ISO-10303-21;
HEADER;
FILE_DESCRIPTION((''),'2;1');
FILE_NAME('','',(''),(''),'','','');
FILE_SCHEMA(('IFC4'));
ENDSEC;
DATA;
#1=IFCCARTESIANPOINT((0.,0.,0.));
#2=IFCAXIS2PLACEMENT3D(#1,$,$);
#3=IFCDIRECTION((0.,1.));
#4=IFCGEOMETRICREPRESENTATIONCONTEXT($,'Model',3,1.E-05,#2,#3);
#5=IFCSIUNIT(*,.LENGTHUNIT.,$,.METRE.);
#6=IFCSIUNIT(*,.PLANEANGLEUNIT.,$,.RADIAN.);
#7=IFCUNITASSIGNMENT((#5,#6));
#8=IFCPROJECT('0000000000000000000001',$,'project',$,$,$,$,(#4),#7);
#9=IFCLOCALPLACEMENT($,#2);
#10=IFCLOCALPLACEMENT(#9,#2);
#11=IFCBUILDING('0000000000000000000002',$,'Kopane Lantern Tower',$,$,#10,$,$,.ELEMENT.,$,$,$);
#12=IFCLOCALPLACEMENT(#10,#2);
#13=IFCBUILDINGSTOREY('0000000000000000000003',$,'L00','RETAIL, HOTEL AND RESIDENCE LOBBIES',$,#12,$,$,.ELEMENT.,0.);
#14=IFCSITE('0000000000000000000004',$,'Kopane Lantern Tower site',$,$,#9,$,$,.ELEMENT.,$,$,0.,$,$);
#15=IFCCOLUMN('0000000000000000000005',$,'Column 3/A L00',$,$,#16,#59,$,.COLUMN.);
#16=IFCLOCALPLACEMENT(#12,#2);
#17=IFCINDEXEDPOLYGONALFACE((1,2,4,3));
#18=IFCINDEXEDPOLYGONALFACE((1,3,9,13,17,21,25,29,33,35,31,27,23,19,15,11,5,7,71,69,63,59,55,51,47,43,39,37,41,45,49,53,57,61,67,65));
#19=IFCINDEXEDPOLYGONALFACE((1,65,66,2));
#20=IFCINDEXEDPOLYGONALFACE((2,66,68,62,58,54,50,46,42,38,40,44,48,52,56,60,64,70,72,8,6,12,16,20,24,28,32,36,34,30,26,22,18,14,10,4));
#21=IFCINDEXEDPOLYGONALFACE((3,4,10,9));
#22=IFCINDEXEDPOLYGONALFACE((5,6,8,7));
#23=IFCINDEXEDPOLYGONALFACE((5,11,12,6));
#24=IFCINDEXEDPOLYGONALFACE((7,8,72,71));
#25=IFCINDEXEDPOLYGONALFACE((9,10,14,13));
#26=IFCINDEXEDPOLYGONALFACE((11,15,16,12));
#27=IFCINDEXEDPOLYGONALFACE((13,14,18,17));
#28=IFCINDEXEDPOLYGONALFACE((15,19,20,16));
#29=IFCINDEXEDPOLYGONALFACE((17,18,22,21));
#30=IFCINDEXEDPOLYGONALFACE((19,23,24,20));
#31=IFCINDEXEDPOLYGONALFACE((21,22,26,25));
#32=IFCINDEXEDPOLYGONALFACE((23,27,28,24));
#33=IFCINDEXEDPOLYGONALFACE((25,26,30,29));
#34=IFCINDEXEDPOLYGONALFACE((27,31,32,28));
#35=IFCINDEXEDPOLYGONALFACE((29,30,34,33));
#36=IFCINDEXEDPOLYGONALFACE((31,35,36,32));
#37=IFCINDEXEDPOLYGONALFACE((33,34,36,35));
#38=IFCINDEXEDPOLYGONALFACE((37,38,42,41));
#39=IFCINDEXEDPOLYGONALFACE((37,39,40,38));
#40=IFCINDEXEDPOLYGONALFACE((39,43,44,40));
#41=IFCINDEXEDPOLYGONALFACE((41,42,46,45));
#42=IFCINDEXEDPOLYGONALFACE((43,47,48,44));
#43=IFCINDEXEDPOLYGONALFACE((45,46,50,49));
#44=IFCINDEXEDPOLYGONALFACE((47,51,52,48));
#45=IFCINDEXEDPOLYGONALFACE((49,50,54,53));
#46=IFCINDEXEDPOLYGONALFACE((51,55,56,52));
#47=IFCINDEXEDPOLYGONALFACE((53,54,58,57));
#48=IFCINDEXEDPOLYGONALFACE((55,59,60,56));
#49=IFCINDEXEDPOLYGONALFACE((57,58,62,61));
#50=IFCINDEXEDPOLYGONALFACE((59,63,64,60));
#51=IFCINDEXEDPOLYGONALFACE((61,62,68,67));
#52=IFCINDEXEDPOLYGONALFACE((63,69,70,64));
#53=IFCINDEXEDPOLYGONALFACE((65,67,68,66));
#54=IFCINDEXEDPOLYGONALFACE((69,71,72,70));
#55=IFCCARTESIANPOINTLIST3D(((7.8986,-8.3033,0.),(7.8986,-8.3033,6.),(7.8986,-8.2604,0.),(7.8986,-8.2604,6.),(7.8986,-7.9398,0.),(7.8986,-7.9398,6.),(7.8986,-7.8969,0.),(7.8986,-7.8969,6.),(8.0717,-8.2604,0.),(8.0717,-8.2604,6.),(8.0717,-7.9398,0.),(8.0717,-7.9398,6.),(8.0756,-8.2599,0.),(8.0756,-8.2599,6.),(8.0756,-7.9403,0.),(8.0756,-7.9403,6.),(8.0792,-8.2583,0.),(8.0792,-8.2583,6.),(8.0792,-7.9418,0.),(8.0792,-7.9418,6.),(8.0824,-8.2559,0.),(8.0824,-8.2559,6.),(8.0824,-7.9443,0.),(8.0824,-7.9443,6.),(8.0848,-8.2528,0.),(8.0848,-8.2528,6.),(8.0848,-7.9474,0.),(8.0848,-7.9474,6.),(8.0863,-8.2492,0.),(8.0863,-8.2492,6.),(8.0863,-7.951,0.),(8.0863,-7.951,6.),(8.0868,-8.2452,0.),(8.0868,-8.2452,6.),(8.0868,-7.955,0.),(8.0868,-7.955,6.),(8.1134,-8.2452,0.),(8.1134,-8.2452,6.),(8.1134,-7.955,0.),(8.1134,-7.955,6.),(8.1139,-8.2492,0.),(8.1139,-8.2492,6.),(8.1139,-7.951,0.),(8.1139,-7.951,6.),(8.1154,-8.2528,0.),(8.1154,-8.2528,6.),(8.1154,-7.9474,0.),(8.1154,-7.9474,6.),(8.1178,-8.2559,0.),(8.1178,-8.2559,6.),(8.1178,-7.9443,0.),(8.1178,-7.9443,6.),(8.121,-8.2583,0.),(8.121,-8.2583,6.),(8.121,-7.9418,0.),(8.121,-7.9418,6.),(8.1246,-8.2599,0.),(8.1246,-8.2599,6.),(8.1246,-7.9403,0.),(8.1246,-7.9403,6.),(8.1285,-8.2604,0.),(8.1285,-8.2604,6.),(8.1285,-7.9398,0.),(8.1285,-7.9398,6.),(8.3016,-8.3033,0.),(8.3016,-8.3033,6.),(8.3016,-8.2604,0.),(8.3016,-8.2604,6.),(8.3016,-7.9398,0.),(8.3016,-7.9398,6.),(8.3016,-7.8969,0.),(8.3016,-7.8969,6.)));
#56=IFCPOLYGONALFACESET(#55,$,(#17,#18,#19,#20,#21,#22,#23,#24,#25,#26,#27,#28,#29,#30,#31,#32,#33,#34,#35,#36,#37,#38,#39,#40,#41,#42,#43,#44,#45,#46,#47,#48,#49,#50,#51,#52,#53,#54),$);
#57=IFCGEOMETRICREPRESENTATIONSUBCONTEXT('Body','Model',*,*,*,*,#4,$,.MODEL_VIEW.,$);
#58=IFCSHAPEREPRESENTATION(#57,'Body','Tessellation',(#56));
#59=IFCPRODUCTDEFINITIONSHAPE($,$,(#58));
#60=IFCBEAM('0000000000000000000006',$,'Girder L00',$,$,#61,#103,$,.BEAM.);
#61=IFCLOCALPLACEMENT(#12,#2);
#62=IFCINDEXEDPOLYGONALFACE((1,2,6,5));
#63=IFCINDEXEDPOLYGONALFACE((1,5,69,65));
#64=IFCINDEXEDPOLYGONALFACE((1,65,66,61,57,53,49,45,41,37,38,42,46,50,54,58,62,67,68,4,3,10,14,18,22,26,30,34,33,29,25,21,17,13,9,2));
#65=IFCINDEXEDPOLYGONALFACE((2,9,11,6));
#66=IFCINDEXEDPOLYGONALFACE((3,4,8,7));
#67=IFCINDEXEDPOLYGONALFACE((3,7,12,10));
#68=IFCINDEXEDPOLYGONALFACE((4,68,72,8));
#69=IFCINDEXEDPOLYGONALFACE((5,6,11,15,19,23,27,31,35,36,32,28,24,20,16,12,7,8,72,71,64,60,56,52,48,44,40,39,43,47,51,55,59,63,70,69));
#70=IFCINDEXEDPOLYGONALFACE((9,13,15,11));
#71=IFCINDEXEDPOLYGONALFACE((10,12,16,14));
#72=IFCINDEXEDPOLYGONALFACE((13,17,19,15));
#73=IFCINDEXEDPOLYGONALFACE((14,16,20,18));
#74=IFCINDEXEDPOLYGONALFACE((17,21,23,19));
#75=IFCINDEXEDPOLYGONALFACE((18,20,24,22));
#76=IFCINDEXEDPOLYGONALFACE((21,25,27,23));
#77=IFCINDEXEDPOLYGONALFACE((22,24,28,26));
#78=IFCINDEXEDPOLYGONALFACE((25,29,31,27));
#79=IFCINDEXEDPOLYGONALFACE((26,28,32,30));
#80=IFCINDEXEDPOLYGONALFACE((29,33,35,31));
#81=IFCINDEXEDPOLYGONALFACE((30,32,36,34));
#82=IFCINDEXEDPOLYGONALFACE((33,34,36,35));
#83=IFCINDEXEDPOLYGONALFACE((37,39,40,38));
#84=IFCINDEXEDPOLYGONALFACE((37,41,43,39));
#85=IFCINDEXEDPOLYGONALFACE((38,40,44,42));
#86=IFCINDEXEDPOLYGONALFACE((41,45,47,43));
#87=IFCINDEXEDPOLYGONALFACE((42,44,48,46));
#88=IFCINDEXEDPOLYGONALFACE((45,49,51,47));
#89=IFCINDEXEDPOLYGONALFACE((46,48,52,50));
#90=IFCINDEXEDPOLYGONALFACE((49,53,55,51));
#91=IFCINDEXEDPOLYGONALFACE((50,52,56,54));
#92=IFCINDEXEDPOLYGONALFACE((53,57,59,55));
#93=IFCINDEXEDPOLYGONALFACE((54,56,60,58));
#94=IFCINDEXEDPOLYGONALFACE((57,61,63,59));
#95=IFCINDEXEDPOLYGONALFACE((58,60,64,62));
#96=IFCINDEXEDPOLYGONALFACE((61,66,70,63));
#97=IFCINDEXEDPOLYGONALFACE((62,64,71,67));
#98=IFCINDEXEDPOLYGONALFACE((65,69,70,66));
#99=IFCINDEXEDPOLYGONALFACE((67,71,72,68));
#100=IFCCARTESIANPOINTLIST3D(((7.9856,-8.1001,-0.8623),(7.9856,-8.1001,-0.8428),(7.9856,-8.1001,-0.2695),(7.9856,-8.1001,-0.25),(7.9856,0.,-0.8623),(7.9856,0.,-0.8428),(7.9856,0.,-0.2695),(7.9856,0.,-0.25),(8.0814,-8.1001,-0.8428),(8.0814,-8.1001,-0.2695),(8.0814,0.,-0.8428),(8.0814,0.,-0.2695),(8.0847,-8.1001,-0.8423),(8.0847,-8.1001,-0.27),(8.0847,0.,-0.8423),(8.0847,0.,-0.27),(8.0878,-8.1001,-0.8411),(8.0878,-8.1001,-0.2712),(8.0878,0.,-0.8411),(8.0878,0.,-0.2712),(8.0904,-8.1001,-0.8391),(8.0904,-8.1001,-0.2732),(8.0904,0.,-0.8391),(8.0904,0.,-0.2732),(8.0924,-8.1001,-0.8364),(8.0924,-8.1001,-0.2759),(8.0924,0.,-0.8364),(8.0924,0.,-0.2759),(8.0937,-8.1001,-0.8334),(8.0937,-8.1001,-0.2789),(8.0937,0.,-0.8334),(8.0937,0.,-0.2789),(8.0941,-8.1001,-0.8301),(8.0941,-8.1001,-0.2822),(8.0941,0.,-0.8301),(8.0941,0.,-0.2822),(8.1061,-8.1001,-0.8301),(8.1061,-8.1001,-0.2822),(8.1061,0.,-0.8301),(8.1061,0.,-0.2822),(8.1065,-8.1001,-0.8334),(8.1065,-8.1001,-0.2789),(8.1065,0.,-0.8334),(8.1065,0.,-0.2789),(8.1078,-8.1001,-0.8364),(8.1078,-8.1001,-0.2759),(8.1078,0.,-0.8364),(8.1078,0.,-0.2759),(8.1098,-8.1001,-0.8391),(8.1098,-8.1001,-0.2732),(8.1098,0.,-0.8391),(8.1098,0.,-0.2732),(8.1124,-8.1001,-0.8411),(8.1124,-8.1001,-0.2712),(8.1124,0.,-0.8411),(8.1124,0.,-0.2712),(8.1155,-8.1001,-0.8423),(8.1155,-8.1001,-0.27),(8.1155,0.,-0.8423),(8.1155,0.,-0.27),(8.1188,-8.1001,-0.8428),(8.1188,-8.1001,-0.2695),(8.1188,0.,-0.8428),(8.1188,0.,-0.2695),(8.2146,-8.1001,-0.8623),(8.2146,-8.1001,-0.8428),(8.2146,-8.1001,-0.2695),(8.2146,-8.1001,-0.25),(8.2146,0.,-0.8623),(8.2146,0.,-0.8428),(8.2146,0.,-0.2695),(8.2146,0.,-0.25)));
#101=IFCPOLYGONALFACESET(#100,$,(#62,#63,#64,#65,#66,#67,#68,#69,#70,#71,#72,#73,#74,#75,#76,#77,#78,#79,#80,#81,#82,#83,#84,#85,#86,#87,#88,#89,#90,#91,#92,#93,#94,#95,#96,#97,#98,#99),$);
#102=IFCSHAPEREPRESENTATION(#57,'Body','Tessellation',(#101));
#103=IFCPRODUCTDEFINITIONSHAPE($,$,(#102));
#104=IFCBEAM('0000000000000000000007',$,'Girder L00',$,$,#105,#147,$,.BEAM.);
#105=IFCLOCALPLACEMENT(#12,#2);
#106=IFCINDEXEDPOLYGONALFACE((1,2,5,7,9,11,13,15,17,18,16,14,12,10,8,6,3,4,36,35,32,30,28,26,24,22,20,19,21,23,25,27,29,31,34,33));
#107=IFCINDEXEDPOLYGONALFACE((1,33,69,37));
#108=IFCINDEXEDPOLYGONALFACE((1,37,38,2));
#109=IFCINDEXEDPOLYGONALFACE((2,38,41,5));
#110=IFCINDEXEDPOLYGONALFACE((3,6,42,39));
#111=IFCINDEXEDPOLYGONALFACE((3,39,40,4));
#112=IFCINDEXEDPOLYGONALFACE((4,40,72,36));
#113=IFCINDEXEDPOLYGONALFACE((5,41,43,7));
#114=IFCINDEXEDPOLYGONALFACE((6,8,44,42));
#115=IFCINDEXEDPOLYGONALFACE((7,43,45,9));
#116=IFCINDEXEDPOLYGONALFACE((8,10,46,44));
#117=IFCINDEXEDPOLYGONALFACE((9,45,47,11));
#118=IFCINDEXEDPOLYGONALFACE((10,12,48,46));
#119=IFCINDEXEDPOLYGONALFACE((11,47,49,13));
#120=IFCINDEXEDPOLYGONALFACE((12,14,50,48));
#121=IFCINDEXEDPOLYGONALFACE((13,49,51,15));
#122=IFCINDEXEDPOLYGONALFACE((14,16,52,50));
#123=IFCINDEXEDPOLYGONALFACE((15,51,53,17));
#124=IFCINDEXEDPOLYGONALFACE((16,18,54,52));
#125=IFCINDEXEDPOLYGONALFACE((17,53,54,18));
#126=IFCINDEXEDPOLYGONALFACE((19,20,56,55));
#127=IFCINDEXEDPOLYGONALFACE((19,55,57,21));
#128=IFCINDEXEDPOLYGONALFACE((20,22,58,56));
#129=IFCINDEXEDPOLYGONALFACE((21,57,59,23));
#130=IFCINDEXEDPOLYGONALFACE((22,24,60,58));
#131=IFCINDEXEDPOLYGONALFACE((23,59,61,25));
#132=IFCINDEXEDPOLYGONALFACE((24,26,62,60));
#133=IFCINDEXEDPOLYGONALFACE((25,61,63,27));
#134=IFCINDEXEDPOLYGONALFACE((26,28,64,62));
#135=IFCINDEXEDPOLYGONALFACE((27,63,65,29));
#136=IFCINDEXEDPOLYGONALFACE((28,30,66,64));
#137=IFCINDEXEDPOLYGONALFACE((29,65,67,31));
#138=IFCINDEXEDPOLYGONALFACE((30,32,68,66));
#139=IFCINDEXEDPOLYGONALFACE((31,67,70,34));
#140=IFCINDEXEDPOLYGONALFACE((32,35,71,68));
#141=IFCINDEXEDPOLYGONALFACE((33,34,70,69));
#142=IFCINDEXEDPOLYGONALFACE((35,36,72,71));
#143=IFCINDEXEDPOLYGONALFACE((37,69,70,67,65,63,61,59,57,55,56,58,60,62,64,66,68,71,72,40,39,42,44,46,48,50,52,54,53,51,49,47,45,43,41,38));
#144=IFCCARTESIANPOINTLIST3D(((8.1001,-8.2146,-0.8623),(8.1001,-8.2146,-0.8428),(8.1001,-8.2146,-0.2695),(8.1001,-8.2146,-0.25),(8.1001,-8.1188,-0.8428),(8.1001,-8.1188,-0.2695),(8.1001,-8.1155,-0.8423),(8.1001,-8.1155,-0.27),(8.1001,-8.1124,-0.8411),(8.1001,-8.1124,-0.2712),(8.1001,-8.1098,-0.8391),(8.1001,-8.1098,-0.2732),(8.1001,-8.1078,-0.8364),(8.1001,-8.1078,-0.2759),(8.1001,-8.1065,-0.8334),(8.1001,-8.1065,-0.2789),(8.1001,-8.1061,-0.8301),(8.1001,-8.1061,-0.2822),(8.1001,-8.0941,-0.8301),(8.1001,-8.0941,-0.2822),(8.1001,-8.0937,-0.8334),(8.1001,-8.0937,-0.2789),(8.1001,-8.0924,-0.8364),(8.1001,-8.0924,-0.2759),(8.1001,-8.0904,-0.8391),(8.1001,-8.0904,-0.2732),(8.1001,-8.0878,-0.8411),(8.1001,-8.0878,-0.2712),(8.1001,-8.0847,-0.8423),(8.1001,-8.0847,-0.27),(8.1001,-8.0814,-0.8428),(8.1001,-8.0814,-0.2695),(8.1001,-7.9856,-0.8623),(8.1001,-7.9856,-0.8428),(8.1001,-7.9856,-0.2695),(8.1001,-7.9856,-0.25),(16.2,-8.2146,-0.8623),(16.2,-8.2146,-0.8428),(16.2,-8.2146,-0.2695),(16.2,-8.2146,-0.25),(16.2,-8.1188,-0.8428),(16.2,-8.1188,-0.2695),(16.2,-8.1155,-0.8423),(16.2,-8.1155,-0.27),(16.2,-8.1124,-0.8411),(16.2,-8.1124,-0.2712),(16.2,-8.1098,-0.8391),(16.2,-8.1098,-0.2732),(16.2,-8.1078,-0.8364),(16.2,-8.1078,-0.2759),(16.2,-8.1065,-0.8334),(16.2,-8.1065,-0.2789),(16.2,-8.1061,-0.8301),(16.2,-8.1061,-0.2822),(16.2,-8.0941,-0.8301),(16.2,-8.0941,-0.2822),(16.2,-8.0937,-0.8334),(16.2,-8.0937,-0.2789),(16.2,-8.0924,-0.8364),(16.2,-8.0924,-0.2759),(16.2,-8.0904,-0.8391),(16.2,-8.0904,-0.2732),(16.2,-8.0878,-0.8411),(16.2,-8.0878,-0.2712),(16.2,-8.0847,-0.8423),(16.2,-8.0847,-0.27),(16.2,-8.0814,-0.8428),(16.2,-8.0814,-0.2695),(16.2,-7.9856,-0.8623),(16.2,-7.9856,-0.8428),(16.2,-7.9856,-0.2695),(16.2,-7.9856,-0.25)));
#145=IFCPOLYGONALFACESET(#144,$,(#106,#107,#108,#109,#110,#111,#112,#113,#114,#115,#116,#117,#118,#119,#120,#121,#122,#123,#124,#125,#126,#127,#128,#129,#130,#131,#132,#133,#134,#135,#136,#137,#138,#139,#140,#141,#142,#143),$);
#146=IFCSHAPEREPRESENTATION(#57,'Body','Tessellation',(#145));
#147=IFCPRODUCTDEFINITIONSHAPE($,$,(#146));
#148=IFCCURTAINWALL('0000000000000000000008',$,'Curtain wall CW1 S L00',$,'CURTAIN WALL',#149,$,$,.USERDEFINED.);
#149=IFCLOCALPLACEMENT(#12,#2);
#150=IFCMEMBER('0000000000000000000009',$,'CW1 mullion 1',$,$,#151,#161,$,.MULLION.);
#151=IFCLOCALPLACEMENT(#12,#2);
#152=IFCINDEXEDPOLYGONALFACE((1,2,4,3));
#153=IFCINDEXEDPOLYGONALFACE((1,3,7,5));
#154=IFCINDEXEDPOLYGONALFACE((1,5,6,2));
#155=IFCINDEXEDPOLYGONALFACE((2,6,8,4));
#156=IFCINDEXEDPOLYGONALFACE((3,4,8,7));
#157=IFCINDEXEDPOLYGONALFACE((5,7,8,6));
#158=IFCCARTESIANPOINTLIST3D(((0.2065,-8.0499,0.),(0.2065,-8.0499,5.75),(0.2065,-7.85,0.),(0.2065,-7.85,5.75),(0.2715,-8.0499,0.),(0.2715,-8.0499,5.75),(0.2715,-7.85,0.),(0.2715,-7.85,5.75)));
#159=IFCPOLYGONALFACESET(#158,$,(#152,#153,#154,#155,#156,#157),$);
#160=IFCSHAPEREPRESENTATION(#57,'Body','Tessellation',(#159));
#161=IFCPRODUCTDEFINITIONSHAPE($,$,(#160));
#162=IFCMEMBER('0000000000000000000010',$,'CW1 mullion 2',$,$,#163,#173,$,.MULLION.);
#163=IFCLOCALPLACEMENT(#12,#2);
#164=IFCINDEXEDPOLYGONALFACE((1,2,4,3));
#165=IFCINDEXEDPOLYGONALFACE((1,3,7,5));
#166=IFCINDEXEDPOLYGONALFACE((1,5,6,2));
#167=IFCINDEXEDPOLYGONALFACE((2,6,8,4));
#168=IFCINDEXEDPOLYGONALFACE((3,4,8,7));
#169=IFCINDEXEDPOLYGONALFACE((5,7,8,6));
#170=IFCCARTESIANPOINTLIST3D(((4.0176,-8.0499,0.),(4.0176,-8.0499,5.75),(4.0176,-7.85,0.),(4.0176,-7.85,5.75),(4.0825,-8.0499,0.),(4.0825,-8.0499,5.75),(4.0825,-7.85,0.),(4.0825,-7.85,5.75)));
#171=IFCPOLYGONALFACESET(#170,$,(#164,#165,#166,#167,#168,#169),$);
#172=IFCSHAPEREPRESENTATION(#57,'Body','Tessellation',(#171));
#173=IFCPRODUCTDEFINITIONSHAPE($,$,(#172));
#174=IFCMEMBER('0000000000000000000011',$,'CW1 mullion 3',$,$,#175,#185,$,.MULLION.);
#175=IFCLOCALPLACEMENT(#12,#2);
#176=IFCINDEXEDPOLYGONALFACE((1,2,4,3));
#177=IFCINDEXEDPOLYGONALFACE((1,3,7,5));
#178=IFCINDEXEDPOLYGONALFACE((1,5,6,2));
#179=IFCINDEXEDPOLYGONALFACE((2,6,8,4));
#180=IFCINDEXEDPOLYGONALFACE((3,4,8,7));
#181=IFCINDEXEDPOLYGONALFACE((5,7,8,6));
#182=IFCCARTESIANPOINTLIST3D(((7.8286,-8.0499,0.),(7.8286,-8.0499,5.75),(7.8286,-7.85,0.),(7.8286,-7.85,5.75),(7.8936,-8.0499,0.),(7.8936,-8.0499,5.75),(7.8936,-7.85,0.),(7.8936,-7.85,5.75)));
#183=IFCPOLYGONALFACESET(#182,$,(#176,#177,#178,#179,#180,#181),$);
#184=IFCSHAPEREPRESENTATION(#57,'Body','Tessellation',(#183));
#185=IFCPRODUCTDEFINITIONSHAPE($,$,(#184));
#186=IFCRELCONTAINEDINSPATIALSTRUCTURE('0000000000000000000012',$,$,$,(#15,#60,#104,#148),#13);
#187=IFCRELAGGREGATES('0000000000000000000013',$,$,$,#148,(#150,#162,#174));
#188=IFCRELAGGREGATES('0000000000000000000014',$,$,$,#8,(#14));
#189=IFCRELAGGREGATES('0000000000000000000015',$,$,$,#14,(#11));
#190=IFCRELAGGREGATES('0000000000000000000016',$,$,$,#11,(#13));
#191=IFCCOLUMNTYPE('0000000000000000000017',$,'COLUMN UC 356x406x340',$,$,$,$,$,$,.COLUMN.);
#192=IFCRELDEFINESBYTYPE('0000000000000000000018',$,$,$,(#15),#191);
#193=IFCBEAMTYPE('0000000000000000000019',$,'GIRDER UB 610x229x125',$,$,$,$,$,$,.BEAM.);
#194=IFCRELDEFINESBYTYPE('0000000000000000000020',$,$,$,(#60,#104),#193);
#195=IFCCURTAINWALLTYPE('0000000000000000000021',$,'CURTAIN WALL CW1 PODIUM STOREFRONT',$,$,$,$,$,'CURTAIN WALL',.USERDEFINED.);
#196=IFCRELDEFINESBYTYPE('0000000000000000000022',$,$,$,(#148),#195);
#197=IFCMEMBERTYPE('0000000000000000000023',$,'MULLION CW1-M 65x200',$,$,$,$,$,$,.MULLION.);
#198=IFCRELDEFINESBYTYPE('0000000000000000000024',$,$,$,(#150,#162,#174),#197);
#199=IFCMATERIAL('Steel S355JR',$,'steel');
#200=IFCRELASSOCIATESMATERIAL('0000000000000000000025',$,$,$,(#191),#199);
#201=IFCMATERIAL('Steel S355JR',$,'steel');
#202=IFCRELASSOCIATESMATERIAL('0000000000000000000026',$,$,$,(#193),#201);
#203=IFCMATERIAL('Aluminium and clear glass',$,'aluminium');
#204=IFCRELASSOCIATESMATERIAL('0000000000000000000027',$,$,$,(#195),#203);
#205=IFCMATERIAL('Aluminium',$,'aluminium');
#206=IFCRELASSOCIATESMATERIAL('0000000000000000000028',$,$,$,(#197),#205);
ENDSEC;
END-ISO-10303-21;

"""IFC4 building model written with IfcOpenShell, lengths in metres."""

from ifc_helpers import new_model, si_unit, direction, frame, origin, origin_2d, place, context, subcontext, project, spatial, rectangle, i_section, extrude, material, material_profile, profile_set, type_object, element, aggregate, save


model = new_model("IFC4")

# Units and contexts
model_context = context("Model", 3, precision=1e-05, world=origin(), true_north=direction((0.0, 1.0)))
body_context = subcontext(model_context, "Body", "Model", "MODEL_VIEW")
ifc_project = project(units=[si_unit("LENGTHUNIT", "METRE"), si_unit("PLANEANGLEUNIT", "RADIAN")], contexts=[model_context])

# Site, building, storey
site_placement = place(None, origin())
site = spatial("IfcSite", under=ifc_project, at=site_placement, Name="Kopane Lantern Tower site", CompositionType="ELEMENT", RefElevation=0.0)
building_placement = place(site_placement, origin())
building = spatial("IfcBuilding", under=site, at=building_placement, Name="Kopane Lantern Tower", CompositionType="ELEMENT")
storey_placement = place(building_placement, origin())
storey = spatial("IfcBuildingStorey", under=building, at=storey_placement, Name="L00", Description="RETAIL, HOTEL AND RESIDENCE LOBBIES", CompositionType="ELEMENT", Elevation=0.0)

# Column
ifc_material_1 = material(Name="Steel S355JR", Category="steel")
ifc_material_profile_1 = material_profile(ifc_material_1, i_section(OverallWidth=0.4031, OverallDepth=0.4065, WebThickness=0.0266, FlangeThickness=0.043, FilletRadius=0.0151, at=origin_2d()), Name="UC 356x406x340")
ifc_profile_set_1 = profile_set([ifc_material_profile_1], Name="Steel S355JR")
column_type = type_object("IfcColumnType", Name="COLUMN UC 356x406x340", PredefinedType="COLUMN", material=ifc_profile_set_1)
column_placement = place(storey_placement, frame((8.1001, -8.1001, 0.0), z_axis=(0.0, 0.0, 1.0), x_axis=(1.0, 0.0, 0.0)))
element("IfcColumn", 1, at=column_placement, inside=storey, type_object=column_type, Name="Column 3/A L00", PredefinedType="COLUMN", context=body_context, shape_type="SweptSolid", body=[
    extrude(i_section(OverallWidth=0.4031, OverallDepth=0.4065, WebThickness=0.0266, FlangeThickness=0.043, FilletRadius=0.0151, at=origin_2d()), origin(), (0.0, 0.0, 1.0), 6.0),
])

# Beams
ifc_material_2 = material(Name="Steel S355JR", Category="steel")
ifc_material_profile_2 = material_profile(ifc_material_2, i_section(OverallWidth=0.229, OverallDepth=0.6123, WebThickness=0.012, FlangeThickness=0.0195, FilletRadius=0.0127, at=origin_2d()), Name="UB 610x229x125")
ifc_profile_set_2 = profile_set([ifc_material_profile_2], Name="Steel S355JR")
beam_type = type_object("IfcBeamType", Name="GIRDER UB 610x229x125", PredefinedType="BEAM", material=ifc_profile_set_2)
beam_1_placement = place(storey_placement, frame((8.1001, -8.1001, -0.5562), z_axis=(0.0, 1.0, 0.0), x_axis=(-1.0, 0.0, 0.0)))
element("IfcBeam", 2, at=beam_1_placement, inside=storey, type_object=beam_type, Name="Girder L00", PredefinedType="BEAM", context=body_context, shape_type="SweptSolid", body=[
    extrude(i_section(OverallWidth=0.229, OverallDepth=0.6123, WebThickness=0.012, FlangeThickness=0.0195, FilletRadius=0.0127, at=origin_2d()), origin(), (0.0, 0.0, 1.0), 8.1001),
])
beam_2_placement = place(storey_placement, frame((8.1001, -8.1001, -0.5562), z_axis=(1.0, 0.0, 0.0), x_axis=(0.0, 1.0, 0.0)))
element("IfcBeam", 3, at=beam_2_placement, inside=storey, type_object=beam_type, Name="Girder L00", PredefinedType="BEAM", context=body_context, shape_type="SweptSolid", body=[
    extrude(i_section(OverallWidth=0.229, OverallDepth=0.6123, WebThickness=0.012, FlangeThickness=0.0195, FilletRadius=0.0127, at=origin_2d()), origin(), (0.0, 0.0, 1.0), 8.0999),
])

# Curtain wall, members
ifc_material_3 = material(Name="Aluminium and clear glass", Category="aluminium")
curtain_wall_type = type_object("IfcCurtainWallType", Name="CURTAIN WALL CW1 PODIUM STOREFRONT", ElementType="CURTAIN WALL", PredefinedType="USERDEFINED", material=ifc_material_3)
curtain_wall_1_placement = place(storey_placement, origin())
curtain_wall_1 = element("IfcCurtainWall", 4, at=curtain_wall_1_placement, inside=storey, type_object=curtain_wall_type, Name="Curtain wall CW1 S L00", ObjectType="CURTAIN WALL", PredefinedType="USERDEFINED")
ifc_material_4 = material(Name="Aluminium", Category="aluminium")
ifc_material_profile_3 = material_profile(ifc_material_4, rectangle(XDim=0.0649, YDim=0.2, at=origin_2d()), Name="AL 65x200")
ifc_profile_set_3 = profile_set([ifc_material_profile_3], Name="Aluminium")
member_type_1 = type_object("IfcMemberType", Name="MULLION CW1-M 65x200", PredefinedType="MULLION", material=ifc_profile_set_3)
member_1_placement = place(storey_placement, frame((0.239, -7.95, 0.0), z_axis=(0.0, 0.0, 1.0), x_axis=(1.0, 0.0, 0.0)))
member_1 = element("IfcMember", 5, at=member_1_placement, type_object=member_type_1, Name="CW1 mullion 1", PredefinedType="MULLION", context=body_context, shape_type="SweptSolid", body=[
    extrude(rectangle(XDim=0.0649, YDim=0.2, at=origin_2d()), origin(), (0.0, 0.0, 1.0), 5.75),
])
member_2_placement = place(storey_placement, frame((4.05, -7.95, 0.0), z_axis=(0.0, 0.0, 1.0), x_axis=(1.0, 0.0, 0.0)))
member_2 = element("IfcMember", 6, at=member_2_placement, type_object=member_type_1, Name="CW1 mullion 2", PredefinedType="MULLION", context=body_context, shape_type="SweptSolid", body=[
    extrude(rectangle(XDim=0.0649, YDim=0.2, at=origin_2d()), origin(), (0.0, 0.0, 1.0), 5.75),
])
member_3_placement = place(storey_placement, frame((7.8611, -7.95, 0.0), z_axis=(0.0, 0.0, 1.0), x_axis=(1.0, 0.0, 0.0)))
member_3 = element("IfcMember", 7, at=member_3_placement, type_object=member_type_1, Name="CW1 mullion 3", PredefinedType="MULLION", context=body_context, shape_type="SweptSolid", body=[
    extrude(rectangle(XDim=0.0649, YDim=0.2, at=origin_2d()), origin(), (0.0, 0.0, 1.0), 5.75),
])

aggregate(curtain_wall_1, [member_1, member_2, member_3])

save(model, "model.ifc")
